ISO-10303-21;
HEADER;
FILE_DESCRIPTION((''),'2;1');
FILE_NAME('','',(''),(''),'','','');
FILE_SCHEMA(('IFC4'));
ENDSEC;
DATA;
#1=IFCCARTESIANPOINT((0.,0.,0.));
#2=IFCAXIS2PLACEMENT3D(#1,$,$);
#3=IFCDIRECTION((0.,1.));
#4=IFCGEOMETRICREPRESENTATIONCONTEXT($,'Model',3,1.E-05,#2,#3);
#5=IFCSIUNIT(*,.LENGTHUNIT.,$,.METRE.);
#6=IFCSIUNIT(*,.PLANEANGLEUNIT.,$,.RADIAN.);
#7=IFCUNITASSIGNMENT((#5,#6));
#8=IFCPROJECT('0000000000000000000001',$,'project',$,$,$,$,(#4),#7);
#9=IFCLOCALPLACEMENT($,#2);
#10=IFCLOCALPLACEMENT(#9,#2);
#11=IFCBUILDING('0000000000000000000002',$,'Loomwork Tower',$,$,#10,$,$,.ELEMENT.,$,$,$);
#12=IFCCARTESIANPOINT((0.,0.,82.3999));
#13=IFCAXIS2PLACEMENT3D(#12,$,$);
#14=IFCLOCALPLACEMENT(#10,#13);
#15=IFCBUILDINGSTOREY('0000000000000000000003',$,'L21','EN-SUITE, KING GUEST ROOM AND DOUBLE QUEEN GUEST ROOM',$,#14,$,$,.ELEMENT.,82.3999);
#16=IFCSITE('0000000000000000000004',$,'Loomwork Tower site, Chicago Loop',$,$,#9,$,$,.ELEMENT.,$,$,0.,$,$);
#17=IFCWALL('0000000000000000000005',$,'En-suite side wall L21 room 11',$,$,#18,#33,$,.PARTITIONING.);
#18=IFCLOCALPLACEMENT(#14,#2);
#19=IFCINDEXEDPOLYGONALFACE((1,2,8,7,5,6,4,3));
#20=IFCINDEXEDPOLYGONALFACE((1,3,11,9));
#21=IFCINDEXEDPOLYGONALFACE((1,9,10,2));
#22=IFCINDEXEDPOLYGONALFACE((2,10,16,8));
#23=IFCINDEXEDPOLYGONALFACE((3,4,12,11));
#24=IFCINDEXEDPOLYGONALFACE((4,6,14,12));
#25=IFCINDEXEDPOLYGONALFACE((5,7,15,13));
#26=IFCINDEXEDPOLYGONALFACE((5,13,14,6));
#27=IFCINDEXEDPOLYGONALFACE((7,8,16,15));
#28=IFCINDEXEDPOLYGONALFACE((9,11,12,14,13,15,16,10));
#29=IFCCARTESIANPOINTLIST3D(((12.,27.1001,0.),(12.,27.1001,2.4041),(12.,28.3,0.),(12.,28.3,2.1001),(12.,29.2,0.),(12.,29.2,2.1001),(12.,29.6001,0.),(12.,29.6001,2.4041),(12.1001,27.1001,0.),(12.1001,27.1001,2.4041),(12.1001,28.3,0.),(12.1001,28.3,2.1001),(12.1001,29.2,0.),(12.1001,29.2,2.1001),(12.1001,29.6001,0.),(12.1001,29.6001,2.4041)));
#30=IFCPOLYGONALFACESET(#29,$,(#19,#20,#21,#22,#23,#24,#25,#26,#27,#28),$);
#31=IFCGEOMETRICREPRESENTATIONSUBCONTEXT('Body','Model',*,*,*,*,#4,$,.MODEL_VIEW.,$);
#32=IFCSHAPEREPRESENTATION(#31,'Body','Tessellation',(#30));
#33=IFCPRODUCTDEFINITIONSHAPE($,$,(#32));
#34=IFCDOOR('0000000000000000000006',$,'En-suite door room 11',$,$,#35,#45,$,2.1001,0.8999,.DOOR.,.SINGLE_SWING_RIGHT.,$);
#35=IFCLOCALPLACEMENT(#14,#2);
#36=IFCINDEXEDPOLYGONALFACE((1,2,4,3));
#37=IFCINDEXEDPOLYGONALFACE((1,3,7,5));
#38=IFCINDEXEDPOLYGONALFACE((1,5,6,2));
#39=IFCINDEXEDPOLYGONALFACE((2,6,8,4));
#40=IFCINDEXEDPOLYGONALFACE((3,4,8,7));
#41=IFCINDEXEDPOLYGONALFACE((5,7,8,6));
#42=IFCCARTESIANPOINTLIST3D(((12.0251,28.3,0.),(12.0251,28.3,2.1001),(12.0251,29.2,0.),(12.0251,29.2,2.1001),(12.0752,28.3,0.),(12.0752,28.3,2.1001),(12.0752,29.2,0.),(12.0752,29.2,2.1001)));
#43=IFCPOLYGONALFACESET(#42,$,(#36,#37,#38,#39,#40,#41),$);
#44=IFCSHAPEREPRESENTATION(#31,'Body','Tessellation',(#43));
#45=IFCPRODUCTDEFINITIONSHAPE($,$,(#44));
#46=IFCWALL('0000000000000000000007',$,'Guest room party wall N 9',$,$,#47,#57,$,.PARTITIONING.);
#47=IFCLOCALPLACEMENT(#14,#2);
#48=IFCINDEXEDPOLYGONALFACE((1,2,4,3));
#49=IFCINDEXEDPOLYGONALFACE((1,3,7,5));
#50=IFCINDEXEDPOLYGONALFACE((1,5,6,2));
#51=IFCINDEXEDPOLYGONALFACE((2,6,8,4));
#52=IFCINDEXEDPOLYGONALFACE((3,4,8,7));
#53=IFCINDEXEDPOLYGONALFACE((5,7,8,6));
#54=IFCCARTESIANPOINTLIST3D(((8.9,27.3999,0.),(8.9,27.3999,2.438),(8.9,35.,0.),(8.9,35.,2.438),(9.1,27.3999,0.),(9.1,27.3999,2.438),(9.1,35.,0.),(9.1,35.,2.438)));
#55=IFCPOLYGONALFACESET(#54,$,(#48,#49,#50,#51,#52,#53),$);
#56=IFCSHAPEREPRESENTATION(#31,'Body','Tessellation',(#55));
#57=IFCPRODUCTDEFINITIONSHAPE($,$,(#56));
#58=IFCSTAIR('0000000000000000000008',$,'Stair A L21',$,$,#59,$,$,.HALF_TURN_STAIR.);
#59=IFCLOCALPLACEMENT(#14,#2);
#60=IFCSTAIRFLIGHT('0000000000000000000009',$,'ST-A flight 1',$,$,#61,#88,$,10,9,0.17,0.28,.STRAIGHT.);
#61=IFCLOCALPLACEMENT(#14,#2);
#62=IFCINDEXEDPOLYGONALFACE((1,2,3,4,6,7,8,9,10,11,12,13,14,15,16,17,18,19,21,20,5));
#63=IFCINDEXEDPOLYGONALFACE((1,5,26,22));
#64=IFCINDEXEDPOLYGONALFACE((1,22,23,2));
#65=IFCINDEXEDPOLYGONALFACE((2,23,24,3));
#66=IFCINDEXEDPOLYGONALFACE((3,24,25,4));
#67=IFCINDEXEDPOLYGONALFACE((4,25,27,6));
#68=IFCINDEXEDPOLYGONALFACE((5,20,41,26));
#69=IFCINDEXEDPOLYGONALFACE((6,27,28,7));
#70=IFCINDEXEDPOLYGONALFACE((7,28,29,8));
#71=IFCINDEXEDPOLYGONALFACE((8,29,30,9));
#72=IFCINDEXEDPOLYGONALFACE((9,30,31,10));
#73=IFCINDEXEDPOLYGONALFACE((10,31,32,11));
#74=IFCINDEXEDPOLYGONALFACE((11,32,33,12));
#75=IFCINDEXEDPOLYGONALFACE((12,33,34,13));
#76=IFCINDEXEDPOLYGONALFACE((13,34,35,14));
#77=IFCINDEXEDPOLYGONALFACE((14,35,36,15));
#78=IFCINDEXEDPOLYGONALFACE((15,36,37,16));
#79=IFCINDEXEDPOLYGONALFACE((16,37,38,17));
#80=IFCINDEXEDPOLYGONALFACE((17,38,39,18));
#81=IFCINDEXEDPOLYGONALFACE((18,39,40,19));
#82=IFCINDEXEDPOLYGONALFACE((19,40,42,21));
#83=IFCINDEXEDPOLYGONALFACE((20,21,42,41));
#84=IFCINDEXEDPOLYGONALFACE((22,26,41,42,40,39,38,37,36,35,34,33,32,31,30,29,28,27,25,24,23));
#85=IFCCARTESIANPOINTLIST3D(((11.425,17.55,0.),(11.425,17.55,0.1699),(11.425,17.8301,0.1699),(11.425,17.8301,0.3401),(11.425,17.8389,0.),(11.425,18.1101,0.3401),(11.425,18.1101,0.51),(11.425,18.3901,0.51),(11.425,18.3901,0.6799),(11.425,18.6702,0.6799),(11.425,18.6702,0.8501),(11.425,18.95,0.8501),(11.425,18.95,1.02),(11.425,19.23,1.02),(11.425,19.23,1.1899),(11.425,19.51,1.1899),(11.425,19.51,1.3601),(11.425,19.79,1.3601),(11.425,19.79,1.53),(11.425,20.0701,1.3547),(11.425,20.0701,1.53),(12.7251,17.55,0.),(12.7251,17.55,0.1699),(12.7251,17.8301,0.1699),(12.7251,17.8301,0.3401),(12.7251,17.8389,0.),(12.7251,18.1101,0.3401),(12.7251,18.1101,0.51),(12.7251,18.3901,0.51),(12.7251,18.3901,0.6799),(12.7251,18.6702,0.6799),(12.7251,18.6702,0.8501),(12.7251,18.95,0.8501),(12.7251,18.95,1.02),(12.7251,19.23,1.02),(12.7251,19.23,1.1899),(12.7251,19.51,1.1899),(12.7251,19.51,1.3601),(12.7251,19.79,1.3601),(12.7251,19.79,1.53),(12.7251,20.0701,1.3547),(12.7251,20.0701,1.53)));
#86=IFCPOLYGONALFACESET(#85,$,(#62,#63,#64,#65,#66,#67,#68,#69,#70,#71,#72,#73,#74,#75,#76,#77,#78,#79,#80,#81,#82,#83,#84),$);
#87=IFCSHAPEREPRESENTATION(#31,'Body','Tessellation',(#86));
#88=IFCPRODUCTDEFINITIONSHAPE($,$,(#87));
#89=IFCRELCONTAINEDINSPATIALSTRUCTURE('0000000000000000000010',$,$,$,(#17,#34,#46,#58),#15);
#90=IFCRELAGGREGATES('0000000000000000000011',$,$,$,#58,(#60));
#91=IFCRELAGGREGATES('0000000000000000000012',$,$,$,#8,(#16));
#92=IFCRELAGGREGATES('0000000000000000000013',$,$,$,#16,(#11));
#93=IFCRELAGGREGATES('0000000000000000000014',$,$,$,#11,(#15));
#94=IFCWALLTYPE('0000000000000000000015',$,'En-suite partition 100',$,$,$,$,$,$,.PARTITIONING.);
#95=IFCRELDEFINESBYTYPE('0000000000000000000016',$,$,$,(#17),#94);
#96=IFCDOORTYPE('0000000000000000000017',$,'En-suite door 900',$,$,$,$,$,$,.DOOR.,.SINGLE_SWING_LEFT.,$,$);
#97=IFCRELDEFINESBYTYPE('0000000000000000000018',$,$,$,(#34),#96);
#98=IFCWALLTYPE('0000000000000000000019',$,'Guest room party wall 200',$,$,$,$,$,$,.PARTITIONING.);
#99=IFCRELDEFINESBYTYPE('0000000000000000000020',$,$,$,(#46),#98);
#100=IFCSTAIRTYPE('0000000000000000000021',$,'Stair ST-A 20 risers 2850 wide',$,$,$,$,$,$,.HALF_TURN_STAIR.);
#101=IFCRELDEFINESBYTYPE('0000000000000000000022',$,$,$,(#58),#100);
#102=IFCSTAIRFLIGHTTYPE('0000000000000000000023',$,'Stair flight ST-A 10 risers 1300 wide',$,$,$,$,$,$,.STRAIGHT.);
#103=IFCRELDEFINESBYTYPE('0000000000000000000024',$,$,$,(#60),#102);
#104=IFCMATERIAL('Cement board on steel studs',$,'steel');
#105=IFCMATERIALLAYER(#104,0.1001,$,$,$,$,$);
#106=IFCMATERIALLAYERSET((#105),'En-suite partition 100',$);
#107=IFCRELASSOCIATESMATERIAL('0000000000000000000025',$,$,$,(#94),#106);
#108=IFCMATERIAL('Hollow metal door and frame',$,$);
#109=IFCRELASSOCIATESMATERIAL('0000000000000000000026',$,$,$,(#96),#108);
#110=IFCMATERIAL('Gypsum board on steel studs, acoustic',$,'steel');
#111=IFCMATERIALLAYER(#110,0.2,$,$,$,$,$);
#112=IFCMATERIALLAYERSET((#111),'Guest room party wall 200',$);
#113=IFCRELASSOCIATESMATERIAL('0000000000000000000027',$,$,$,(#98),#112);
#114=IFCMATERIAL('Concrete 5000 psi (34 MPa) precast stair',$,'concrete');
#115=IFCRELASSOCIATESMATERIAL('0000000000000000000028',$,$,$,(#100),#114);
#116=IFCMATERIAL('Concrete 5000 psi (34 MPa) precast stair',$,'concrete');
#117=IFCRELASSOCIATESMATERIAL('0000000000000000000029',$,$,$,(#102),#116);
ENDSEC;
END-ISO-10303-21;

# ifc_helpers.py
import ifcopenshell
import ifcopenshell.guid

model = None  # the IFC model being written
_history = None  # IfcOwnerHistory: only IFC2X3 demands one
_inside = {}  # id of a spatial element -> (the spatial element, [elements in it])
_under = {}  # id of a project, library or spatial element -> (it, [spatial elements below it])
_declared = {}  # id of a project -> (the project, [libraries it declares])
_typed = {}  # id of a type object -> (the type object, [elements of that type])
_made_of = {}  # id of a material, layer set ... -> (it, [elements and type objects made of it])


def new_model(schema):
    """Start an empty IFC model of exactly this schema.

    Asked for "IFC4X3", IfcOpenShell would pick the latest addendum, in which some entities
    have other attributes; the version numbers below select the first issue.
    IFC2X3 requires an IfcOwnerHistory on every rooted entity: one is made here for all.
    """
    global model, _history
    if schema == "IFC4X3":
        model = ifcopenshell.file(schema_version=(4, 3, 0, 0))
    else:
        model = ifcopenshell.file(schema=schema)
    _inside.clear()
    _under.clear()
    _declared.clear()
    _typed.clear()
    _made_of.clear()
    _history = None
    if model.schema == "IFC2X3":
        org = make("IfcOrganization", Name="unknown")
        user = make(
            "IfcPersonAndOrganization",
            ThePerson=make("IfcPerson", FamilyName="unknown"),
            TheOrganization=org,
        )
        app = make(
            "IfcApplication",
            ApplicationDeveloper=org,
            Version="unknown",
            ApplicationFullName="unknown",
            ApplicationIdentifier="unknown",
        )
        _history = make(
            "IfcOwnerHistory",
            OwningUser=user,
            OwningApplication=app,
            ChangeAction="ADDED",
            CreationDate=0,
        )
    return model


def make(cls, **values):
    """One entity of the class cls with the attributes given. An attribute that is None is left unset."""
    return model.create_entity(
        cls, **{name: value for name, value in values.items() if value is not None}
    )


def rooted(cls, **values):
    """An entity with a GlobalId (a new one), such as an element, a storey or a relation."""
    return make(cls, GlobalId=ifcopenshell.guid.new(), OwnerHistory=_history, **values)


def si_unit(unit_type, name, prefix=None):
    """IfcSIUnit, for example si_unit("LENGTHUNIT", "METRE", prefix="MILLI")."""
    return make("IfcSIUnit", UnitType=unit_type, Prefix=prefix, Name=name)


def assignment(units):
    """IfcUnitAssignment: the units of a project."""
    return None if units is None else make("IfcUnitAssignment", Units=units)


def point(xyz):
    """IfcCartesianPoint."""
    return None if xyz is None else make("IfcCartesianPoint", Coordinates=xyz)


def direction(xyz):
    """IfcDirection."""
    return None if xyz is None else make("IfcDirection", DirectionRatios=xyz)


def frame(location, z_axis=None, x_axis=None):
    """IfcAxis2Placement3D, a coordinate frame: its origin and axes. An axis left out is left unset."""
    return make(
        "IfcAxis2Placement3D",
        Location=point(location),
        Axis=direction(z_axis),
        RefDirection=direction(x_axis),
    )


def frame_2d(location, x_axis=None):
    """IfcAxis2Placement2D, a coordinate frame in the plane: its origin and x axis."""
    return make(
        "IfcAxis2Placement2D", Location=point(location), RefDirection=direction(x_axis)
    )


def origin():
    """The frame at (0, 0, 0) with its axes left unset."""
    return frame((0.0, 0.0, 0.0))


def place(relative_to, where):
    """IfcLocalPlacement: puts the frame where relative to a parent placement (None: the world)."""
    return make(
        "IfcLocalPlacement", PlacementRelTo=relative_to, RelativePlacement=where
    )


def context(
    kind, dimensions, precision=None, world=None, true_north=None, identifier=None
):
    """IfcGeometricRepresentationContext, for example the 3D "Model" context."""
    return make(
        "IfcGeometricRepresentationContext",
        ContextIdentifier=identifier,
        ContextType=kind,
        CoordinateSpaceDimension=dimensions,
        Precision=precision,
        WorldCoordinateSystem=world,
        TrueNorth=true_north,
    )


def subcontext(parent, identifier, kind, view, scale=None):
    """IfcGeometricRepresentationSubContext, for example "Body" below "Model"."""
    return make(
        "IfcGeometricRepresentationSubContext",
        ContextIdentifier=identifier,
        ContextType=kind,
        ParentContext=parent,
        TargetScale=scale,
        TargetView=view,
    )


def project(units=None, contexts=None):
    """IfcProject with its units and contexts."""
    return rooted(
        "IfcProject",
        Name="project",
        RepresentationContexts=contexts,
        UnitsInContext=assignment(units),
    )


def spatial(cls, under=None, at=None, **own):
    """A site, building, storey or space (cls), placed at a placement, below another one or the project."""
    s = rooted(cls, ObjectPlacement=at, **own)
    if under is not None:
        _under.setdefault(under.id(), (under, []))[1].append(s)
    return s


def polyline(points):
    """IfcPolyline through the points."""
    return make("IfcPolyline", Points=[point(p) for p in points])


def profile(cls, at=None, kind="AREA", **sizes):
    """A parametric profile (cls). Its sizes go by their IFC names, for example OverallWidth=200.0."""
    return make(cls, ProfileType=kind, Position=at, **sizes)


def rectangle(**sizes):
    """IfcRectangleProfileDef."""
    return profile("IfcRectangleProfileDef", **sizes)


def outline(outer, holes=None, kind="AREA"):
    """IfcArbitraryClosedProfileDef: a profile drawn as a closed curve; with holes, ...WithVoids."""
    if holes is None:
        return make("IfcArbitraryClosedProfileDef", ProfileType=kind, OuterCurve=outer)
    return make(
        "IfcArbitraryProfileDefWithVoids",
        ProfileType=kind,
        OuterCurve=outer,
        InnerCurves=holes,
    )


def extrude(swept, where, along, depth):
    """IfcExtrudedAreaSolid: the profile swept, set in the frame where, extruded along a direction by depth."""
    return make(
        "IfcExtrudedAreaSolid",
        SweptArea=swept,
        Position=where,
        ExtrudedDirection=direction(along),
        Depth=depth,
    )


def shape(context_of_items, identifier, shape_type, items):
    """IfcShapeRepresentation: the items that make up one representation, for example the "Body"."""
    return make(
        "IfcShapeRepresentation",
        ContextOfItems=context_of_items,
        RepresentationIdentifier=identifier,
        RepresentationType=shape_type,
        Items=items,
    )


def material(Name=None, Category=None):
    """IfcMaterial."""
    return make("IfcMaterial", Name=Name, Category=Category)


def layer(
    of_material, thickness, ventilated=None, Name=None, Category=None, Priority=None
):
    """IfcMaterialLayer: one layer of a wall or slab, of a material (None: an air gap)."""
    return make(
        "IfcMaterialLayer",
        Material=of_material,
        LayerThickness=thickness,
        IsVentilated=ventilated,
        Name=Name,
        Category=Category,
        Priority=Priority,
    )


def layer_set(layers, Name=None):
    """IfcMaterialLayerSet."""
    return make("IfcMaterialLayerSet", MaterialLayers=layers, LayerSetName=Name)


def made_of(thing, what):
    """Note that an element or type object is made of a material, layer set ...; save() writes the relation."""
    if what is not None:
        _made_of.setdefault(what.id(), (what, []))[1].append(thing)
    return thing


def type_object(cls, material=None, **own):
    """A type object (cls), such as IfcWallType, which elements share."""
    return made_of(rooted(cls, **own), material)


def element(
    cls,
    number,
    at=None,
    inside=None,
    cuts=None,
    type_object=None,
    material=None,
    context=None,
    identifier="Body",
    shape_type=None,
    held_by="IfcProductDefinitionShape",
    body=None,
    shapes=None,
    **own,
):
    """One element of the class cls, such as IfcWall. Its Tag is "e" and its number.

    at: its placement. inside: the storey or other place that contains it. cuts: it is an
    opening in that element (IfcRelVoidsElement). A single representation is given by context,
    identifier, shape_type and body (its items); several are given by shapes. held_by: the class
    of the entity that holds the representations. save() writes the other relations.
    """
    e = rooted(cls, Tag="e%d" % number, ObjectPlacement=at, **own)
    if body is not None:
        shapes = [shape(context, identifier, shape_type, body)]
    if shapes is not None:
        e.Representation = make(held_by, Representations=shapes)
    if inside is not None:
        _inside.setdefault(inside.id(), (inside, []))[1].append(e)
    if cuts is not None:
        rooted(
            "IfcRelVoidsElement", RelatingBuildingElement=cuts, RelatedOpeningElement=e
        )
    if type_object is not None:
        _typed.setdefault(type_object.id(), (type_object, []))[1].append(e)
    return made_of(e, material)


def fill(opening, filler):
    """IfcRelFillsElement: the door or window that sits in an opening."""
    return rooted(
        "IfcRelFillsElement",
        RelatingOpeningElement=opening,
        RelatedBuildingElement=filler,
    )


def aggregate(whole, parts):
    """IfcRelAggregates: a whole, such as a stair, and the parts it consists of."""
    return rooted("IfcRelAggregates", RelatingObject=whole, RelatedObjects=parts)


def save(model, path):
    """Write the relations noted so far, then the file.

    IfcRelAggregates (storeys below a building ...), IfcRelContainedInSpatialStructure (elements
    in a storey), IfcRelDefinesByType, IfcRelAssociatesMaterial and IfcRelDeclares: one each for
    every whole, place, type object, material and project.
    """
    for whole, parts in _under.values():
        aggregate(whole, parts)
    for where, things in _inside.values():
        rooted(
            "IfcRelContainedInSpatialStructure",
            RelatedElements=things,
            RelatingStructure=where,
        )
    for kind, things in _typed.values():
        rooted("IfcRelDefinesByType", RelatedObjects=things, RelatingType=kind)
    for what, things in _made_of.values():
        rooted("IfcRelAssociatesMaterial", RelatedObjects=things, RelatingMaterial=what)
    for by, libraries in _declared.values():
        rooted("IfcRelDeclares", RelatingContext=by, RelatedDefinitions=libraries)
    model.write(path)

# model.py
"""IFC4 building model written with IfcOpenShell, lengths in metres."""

from ifc_helpers import new_model, si_unit, direction, frame, frame_2d, origin, place, context, subcontext, project, spatial, polyline, rectangle, outline, extrude, material, layer, layer_set, type_object, element, fill, aggregate, save


model = new_model("IFC4")

# Units and contexts
model_context = context("Model", 3, precision=1e-05, world=origin(), true_north=direction((0.0, 1.0)))
body_context = subcontext(model_context, "Body", "Model", "MODEL_VIEW")
ifc_project = project(units=[si_unit("LENGTHUNIT", "METRE"), si_unit("PLANEANGLEUNIT", "RADIAN")], contexts=[model_context])

# Site, building, storey
site_placement = place(None, origin())
site = spatial("IfcSite", under=ifc_project, at=site_placement, Name="Loomwork Tower site, Chicago Loop", CompositionType="ELEMENT", RefElevation=0.0)
building_placement = place(site_placement, origin())
building = spatial("IfcBuilding", under=site, at=building_placement, Name="Loomwork Tower", CompositionType="ELEMENT")
storey_placement = place(building_placement, frame((0.0, 0.0, 82.3999)))
storey = spatial("IfcBuildingStorey", under=building, at=storey_placement, Name="L21", Description="EN-SUITE, KING GUEST ROOM AND DOUBLE QUEEN GUEST ROOM", CompositionType="ELEMENT", Elevation=82.3999)

# Shared definitions
ifc_material_1 = material(Name="Cement board on steel studs", Category="steel")
ifc_layer_1 = layer(ifc_material_1, 0.1001)
ifc_layer_set_1 = layer_set([ifc_layer_1], Name="En-suite partition 100")
wall_type_1 = type_object("IfcWallType", Name="En-suite partition 100", PredefinedType="PARTITIONING", material=ifc_layer_set_1)

# Wall, opening, door
wall_1_placement = place(storey_placement, frame((12.05, 27.1001, 0.0), z_axis=(0.0, 0.0, 1.0), x_axis=(0.0, 1.0, 0.0)))
wall_1 = element("IfcWall", 1, at=wall_1_placement, inside=storey, type_object=wall_type_1, Name="En-suite side wall L21 room 11", PredefinedType="PARTITIONING", context=body_context, shape_type="SweptSolid", body=[
    extrude(rectangle(XDim=2.5, YDim=0.1001, at=frame_2d((1.25, 0.0))), origin(), (0.0, 0.0, 1.0), 2.4041),
])
opening_1_placement = place(wall_1_placement, frame((1.2, 0.0, 0.0)))
opening_1 = element("IfcOpeningElement", 2, at=opening_1_placement, cuts=wall_1, PredefinedType="OPENING", context=body_context, shape_type="SweptSolid", body=[
    extrude(rectangle(XDim=0.8999, YDim=2.1001, at=frame_2d((0.45, 1.05))), frame((0.0, 0.0601, 0.0), z_axis=(0.0, -1.0, 0.0), x_axis=(1.0, 0.0, 0.0)), (0.0, 0.0, 1.0), 0.1201),
])
ifc_material_2 = material(Name="Hollow metal door and frame")
door_type_1 = type_object("IfcDoorType", Name="En-suite door 900", OperationType="SINGLE_SWING_LEFT", PredefinedType="DOOR", material=ifc_material_2)
door_1_placement = place(opening_1_placement, origin())
door_1 = element("IfcDoor", 3, at=door_1_placement, inside=storey, type_object=door_type_1, Name="En-suite door room 11", OperationType="SINGLE_SWING_RIGHT", OverallHeight=2.1001, OverallWidth=0.8999, PredefinedType="DOOR", context=body_context, shape_type="SweptSolid", body=[
    extrude(rectangle(XDim=0.8999, YDim=2.1001, at=frame_2d((0.45, 1.05))), frame((0.0, 0.0249, 0.0), z_axis=(0.0, -1.0, 0.0), x_axis=(1.0, 0.0, 0.0)), (0.0, 0.0, 1.0), 0.05),
])
fill(opening_1, door_1)

# Wall
ifc_material_3 = material(Name="Gypsum board on steel studs, acoustic", Category="steel")
ifc_layer_2 = layer(ifc_material_3, 0.2)
ifc_layer_set_2 = layer_set([ifc_layer_2], Name="Guest room party wall 200")
wall_type_2 = type_object("IfcWallType", Name="Guest room party wall 200", PredefinedType="PARTITIONING", material=ifc_layer_set_2)
wall_2_placement = place(storey_placement, frame((9.0, 27.3999, 0.0), z_axis=(0.0, 0.0, 1.0), x_axis=(0.0, 1.0, 0.0)))
element("IfcWall", 4, at=wall_2_placement, inside=storey, type_object=wall_type_2, Name="Guest room party wall N 9", PredefinedType="PARTITIONING", context=body_context, shape_type="SweptSolid", body=[
    extrude(rectangle(XDim=7.6001, YDim=0.2, at=frame_2d((3.8, 0.0))), origin(), (0.0, 0.0, 1.0), 2.438),
])

# Stair, stair flight
ifc_material_4 = material(Name="Concrete 5000 psi (34 MPa) precast stair", Category="concrete")
stair_type = type_object("IfcStairType", Name="Stair ST-A 20 risers 2850 wide", PredefinedType="HALF_TURN_STAIR", material=ifc_material_4)
stair_placement = place(storey_placement, origin())
stair = element("IfcStair", 5, at=stair_placement, inside=storey, type_object=stair_type, Name="Stair A L21", PredefinedType="HALF_TURN_STAIR")
ifc_material_5 = material(Name="Concrete 5000 psi (34 MPa) precast stair", Category="concrete")
stair_flight_type = type_object("IfcStairFlightType", Name="Stair flight ST-A 10 risers 1300 wide", PredefinedType="STRAIGHT", material=ifc_material_5)
stair_flight_placement = place(storey_placement, frame((12.075, 17.55, 0.0), z_axis=(0.0, 0.0, 1.0), x_axis=(0.0, 1.0, 0.0)))
stair_flight = element("IfcStairFlight", 6, at=stair_flight_placement, type_object=stair_flight_type, Name="ST-A flight 1", NumberOfRisers=10, NumberOfTreads=9, PredefinedType="STRAIGHT", RiserHeight=0.17, TreadLength=0.28, context=body_context, shape_type="SweptSolid", body=[
    extrude(outline(polyline([(0.0, 0.0), (0.0, 0.1699), (0.28, 0.1699), (0.28, 0.3401), (0.5601, 0.3401), (0.5601, 0.51), (0.8401, 0.51), (0.8401, 0.6799), (1.1201, 0.6799), (1.1201, 0.8501), (1.3999, 0.8501), (1.3999, 1.02), (1.6799, 1.02), (1.6799, 1.1899), (1.96, 1.1899), (1.96, 1.3601), (2.24, 1.3601), (2.24, 1.53), (2.52, 1.53), (2.52, 1.7), (2.52, 1.3547), (0.2888, 0.0), (0.0, 0.0)])), frame((0.0, 0.6499, 0.0), z_axis=(0.0, -1.0, 0.0), x_axis=(1.0, 0.0, 0.0)), (0.0, 0.0, 1.0), 1.3),
])
aggregate(stair, [stair_flight])

save(model, "model.ifc")
